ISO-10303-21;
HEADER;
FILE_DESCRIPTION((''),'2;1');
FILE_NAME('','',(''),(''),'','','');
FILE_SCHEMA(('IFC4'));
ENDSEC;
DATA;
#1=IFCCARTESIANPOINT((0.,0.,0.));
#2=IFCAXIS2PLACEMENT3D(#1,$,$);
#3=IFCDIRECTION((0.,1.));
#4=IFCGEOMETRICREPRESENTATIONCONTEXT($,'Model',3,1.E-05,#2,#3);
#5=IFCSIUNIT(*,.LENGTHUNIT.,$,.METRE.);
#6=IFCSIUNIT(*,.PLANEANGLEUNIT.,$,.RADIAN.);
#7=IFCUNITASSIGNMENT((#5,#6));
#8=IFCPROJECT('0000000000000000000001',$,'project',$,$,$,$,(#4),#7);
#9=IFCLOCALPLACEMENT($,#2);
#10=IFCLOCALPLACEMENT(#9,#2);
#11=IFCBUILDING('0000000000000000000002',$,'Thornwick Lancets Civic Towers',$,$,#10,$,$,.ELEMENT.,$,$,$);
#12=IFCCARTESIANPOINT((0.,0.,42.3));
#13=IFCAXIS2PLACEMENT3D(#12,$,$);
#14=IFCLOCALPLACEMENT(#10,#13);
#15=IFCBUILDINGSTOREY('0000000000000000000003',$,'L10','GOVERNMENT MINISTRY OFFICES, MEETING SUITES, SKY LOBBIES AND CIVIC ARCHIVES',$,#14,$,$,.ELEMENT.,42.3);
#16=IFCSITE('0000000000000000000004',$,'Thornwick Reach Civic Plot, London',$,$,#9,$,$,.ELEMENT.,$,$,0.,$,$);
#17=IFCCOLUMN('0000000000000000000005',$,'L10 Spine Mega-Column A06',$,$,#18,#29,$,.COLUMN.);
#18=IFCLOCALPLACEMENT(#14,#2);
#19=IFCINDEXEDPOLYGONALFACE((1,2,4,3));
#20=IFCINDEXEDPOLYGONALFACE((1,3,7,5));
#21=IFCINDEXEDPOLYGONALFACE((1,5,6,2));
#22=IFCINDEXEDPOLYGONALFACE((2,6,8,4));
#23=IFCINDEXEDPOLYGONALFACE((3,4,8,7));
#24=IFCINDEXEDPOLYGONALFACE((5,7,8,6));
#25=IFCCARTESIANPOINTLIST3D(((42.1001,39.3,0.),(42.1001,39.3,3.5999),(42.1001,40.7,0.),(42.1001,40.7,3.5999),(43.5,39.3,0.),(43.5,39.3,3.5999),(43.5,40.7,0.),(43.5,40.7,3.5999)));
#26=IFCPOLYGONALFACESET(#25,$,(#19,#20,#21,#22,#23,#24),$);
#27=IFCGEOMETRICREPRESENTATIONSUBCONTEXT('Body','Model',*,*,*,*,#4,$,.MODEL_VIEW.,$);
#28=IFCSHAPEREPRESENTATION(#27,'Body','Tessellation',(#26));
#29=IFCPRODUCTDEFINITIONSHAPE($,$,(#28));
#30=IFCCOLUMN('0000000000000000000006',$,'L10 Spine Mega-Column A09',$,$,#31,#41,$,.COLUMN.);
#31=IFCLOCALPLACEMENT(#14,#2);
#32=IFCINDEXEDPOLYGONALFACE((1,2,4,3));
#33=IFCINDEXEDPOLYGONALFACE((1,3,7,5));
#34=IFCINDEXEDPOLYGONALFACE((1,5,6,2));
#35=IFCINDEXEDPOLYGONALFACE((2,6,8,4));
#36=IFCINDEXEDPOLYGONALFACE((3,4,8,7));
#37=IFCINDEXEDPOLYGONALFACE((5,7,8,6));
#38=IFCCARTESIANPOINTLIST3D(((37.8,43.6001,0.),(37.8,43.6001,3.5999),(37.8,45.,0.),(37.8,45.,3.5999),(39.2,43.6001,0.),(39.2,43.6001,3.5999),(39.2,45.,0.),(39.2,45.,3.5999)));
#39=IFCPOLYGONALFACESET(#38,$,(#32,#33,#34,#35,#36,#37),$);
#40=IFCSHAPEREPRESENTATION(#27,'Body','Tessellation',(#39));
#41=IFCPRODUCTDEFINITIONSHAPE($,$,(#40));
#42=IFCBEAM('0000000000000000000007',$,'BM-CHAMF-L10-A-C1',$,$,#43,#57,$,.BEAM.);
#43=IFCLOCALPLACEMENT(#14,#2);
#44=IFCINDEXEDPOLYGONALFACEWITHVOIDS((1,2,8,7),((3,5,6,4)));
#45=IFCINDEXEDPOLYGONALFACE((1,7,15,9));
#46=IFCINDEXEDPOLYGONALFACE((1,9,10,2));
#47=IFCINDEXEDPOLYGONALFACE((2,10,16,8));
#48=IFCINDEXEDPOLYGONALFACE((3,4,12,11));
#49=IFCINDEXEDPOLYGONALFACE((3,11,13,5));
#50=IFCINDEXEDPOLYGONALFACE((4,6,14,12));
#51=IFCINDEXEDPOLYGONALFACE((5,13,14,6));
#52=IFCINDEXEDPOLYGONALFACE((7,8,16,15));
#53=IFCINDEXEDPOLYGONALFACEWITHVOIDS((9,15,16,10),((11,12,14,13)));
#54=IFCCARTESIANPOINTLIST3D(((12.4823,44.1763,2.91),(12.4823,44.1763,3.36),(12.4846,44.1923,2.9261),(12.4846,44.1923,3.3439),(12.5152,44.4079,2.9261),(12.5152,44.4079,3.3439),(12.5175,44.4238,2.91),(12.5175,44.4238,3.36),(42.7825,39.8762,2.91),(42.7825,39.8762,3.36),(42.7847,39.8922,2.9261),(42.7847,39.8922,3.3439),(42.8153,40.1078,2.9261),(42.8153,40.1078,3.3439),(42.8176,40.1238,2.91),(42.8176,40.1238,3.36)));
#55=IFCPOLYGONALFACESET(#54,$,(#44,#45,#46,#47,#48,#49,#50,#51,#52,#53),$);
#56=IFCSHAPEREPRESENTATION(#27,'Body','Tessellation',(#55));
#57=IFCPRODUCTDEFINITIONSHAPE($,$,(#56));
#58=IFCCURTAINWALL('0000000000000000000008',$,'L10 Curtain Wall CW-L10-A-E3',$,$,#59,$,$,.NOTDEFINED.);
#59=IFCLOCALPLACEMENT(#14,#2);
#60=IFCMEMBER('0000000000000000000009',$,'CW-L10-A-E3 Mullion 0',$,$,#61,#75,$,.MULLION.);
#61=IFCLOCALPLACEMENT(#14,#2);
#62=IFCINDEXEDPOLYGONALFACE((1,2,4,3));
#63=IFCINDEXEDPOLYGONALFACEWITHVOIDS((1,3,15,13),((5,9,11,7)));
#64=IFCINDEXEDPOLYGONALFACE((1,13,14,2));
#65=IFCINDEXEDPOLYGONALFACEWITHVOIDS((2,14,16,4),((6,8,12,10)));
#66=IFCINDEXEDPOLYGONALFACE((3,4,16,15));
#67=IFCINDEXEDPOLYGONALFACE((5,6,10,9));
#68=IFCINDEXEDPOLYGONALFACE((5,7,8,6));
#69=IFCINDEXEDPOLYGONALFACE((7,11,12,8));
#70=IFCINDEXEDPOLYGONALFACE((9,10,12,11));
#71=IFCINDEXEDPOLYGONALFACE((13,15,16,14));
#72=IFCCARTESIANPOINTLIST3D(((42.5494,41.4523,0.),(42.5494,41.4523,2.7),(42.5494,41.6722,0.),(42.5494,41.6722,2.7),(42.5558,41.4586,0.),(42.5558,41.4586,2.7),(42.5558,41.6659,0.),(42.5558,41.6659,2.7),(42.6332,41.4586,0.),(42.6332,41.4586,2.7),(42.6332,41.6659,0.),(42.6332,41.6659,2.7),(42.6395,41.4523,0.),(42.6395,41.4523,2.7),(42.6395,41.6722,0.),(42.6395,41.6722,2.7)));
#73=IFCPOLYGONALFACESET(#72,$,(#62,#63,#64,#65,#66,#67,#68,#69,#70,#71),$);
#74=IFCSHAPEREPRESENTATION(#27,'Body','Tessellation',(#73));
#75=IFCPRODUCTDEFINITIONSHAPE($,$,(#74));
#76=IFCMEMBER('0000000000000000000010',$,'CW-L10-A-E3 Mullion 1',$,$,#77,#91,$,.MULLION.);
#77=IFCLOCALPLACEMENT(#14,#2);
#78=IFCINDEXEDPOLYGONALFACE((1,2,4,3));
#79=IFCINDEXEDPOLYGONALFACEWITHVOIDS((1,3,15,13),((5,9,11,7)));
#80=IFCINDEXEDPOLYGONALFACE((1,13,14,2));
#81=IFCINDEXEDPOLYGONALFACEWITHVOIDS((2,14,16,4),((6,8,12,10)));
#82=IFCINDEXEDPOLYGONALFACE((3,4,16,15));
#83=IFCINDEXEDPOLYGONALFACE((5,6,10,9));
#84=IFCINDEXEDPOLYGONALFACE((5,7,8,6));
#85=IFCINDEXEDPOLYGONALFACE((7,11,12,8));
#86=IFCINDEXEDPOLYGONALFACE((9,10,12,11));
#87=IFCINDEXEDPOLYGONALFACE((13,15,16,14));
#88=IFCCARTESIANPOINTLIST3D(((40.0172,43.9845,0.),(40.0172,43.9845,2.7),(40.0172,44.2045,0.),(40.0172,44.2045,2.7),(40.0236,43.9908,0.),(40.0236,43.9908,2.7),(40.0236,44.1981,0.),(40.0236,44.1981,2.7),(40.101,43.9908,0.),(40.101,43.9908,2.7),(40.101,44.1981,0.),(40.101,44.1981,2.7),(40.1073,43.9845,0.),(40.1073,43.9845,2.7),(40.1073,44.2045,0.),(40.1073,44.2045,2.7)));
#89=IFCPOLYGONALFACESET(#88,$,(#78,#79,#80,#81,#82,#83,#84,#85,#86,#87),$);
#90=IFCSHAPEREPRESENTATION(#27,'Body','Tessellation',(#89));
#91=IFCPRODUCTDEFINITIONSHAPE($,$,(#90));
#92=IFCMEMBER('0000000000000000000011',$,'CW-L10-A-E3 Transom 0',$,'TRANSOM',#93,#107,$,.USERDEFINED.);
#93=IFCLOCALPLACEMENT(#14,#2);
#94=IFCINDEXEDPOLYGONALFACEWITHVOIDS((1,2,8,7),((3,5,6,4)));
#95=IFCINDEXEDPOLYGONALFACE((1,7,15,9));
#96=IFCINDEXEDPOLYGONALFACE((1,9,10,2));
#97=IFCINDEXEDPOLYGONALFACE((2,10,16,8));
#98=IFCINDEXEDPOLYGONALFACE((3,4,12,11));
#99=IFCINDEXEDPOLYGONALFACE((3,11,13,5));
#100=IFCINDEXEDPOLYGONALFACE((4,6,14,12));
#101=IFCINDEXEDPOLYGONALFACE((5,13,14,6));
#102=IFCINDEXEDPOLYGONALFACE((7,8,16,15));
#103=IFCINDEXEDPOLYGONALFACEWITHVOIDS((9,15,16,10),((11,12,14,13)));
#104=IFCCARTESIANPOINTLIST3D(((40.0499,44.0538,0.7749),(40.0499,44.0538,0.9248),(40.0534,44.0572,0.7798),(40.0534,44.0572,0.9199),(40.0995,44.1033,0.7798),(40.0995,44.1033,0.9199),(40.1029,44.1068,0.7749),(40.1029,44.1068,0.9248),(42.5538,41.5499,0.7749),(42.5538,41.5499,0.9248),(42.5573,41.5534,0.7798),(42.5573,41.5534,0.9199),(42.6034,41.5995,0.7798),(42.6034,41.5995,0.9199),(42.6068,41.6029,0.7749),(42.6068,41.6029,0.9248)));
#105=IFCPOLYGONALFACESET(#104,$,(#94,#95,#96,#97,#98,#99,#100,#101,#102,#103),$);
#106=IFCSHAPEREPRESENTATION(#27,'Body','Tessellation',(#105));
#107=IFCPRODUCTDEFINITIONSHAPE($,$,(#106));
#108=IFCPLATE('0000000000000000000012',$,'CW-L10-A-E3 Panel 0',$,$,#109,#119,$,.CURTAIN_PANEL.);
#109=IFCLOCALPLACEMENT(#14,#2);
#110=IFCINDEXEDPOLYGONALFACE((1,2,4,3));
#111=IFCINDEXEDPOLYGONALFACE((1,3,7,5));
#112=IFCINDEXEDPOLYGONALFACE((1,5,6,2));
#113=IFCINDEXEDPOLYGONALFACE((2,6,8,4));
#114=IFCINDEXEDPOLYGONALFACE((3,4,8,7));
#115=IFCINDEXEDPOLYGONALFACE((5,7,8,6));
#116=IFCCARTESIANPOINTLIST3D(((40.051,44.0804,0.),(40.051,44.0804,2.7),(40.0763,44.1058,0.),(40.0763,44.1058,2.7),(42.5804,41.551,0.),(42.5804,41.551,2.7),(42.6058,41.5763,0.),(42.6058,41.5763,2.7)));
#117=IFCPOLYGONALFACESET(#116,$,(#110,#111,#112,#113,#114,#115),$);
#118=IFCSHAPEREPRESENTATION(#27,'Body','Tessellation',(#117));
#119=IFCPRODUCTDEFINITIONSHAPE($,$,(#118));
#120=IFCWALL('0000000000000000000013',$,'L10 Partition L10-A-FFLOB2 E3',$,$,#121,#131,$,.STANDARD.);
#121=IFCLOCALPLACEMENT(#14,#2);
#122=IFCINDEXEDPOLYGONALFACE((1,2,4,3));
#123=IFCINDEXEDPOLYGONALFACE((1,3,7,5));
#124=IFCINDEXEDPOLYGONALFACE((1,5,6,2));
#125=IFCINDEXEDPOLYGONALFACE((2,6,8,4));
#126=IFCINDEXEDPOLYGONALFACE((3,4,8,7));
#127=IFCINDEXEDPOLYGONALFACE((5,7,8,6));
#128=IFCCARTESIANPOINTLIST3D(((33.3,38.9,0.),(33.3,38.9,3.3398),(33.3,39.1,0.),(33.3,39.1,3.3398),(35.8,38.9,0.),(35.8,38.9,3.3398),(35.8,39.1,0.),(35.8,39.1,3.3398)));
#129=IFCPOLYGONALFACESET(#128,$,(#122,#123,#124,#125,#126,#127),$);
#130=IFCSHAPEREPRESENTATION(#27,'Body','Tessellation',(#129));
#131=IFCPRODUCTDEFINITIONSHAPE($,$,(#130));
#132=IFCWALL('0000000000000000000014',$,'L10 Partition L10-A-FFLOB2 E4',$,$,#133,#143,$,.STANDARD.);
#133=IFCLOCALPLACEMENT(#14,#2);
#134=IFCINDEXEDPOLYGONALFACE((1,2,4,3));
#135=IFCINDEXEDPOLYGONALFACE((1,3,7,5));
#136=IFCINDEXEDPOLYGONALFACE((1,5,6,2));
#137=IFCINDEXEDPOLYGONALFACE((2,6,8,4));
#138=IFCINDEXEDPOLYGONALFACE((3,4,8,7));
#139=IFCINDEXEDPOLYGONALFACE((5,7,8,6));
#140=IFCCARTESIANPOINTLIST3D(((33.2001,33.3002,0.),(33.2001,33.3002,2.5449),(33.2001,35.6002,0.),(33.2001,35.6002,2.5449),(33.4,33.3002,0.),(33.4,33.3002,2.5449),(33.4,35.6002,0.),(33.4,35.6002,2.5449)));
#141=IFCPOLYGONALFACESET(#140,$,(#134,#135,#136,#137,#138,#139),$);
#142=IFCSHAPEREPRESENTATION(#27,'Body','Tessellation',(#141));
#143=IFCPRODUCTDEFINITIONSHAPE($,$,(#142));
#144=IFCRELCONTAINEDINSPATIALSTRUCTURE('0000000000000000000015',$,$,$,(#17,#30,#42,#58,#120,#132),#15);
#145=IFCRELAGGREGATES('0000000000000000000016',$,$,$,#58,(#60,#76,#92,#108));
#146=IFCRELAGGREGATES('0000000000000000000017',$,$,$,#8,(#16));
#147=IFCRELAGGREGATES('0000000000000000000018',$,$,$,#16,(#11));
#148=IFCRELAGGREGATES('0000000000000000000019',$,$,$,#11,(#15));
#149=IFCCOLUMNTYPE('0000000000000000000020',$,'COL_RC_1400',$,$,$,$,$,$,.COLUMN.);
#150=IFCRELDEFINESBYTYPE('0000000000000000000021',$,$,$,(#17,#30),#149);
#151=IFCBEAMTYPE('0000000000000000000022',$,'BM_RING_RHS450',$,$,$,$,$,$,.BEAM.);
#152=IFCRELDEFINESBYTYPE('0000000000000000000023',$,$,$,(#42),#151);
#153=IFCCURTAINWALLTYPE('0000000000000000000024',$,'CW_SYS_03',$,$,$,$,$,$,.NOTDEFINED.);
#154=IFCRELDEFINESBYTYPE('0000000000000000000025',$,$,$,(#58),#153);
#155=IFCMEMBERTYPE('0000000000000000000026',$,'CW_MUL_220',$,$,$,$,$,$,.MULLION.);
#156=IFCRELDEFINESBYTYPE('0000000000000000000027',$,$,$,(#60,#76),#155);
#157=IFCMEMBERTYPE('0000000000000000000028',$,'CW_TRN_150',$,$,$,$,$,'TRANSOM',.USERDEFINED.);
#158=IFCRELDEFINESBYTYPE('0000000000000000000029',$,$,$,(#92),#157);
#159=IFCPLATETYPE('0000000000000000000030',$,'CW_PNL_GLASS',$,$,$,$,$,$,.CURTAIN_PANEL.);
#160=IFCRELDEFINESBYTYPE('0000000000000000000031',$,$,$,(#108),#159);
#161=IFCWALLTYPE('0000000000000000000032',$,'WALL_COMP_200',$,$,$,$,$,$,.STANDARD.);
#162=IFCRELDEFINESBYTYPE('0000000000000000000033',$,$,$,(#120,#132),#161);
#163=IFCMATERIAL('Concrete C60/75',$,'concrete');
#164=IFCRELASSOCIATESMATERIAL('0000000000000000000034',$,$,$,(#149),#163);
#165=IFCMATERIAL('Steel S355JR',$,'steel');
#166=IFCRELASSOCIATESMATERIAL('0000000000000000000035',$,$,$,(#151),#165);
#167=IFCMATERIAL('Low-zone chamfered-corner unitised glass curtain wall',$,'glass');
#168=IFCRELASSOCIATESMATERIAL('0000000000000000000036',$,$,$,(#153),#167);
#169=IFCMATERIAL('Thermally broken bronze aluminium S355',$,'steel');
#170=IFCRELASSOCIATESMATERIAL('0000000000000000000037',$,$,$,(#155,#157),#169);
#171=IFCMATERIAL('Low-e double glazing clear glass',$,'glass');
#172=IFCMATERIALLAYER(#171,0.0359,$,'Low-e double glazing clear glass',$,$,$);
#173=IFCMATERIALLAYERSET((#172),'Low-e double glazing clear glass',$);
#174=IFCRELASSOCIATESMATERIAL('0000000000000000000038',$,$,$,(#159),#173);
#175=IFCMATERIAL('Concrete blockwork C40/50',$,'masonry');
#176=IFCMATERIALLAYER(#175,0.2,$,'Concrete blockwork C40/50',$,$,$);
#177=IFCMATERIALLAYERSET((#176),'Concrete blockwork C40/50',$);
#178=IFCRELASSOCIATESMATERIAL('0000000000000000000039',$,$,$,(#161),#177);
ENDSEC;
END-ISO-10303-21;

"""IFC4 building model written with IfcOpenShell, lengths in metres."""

from ifc_helpers import new_model, si_unit, direction, frame, frame_2d, origin, origin_2d, place, context, subcontext, project, spatial, rectangle, hollow_rectangle, extrude, material, layer, layer_set, material_profile, profile_set, type_object, element, aggregate, save


model = new_model("IFC4")

# Units and contexts
model_context = context("Model", 3, precision=1e-05, world=origin(), true_north=direction((0.0, 1.0)))
body_context = subcontext(model_context, "Body", "Model", "MODEL_VIEW")
ifc_project = project(units=[si_unit("LENGTHUNIT", "METRE"), si_unit("PLANEANGLEUNIT", "RADIAN")], contexts=[model_context])

# Site, building, storey
site_placement = place(None, origin())
site = spatial("IfcSite", under=ifc_project, at=site_placement, Name="Thornwick Reach Civic Plot, London", CompositionType="ELEMENT", RefElevation=0.0)
building_placement = place(site_placement, origin())
building = spatial("IfcBuilding", under=site, at=building_placement, Name="Thornwick Lancets Civic Towers", CompositionType="ELEMENT")
storey_placement = place(building_placement, frame((0.0, 0.0, 42.3)))
storey = spatial("IfcBuildingStorey", under=building, at=storey_placement, Name="L10", Description="GOVERNMENT MINISTRY OFFICES, MEETING SUITES, SKY LOBBIES AND CIVIC ARCHIVES", CompositionType="ELEMENT", Elevation=42.3)

# Columns
ifc_material_1 = material(Name="Concrete C60/75", Category="concrete")
ifc_material_profile_1 = material_profile(ifc_material_1, rectangle(XDim=1.3999, YDim=1.3999, at=origin_2d()), Name="RC 1400x1400")
ifc_profile_set_1 = profile_set([ifc_material_profile_1], Name="Concrete C60/75")
column_type = type_object("IfcColumnType", Name="COL_RC_1400", PredefinedType="COLUMN", material=ifc_profile_set_1)
for number, where, z_axis, x_axis, name in (
    (1, (42.8, 40.0, 0.0), (0.0, 0.0, 1.0), (1.0, 0.0, 0.0), "L10 Spine Mega-Column A06"),
    (2, (38.5, 44.3, 0.0), (0.0, 0.0, 1.0), (1.0, 0.0, 0.0), "L10 Spine Mega-Column A09"),
):
    element("IfcColumn", number, at=place(storey_placement, frame(where, z_axis=z_axis, x_axis=x_axis)), inside=storey, type_object=column_type, Name=name, PredefinedType="COLUMN", context=body_context, shape_type="SweptSolid", body=[
        extrude(rectangle(XDim=1.3999, YDim=1.3999, at=origin_2d()), origin(), (0.0, 0.0, 1.0), 3.5999),
    ])

# Beam
ifc_material_2 = material(Name="Steel S355JR", Category="steel")
ifc_material_profile_2 = material_profile(ifc_material_2, hollow_rectangle(XDim=0.25, YDim=0.45, WallThickness=0.0161, at=origin_2d()), Name="RHS 450x250x16")
ifc_profile_set_2 = profile_set([ifc_material_profile_2], Name="Steel S355JR")
beam_type = type_object("IfcBeamType", Name="BM_RING_RHS450", PredefinedType="BEAM", material=ifc_profile_set_2)
beam_placement = place(storey_placement, frame((42.8, 40.0, 3.135), z_axis=(-0.99008, 0.140508, 0.0), x_axis=(-0.140508, -0.99008, 0.0)))
element("IfcBeam", 3, at=beam_placement, inside=storey, type_object=beam_type, Name="BM-CHAMF-L10-A-C1", PredefinedType="BEAM", context=body_context, shape_type="SweptSolid", body=[
    extrude(hollow_rectangle(XDim=0.25, YDim=0.45, WallThickness=0.0161, at=origin_2d()), origin(), (0.0, 0.0, 1.0), 30.6038),
])

# Curtain wall, members, plate
ifc_material_3 = material(Name="Low-zone chamfered-corner unitised glass curtain wall", Category="glass")
curtain_wall_type = type_object("IfcCurtainWallType", Name="CW_SYS_03", PredefinedType="NOTDEFINED", material=ifc_material_3)
curtain_wall_placement = place(storey_placement, origin())
curtain_wall = element("IfcCurtainWall", 4, at=curtain_wall_placement, inside=storey, type_object=curtain_wall_type, Name="L10 Curtain Wall CW-L10-A-E3", PredefinedType="NOTDEFINED")
ifc_material_4 = material(Name="Thermally broken bronze aluminium S355", Category="steel")
ifc_material_profile_3 = material_profile(ifc_material_4, hollow_rectangle(XDim=0.0901, YDim=0.22, WallThickness=0.0063, at=origin_2d()), Name="RHS 220x90x6.3")
ifc_profile_set_3 = profile_set([ifc_material_profile_3], Name="Thermally broken bronze aluminium S355")
member_type_1 = type_object("IfcMemberType", Name="CW_MUL_220", PredefinedType="MULLION", material=ifc_profile_set_3)
member_1_placement = place(storey_placement, frame((42.5945, 41.5623, 0.0), z_axis=(0.0, 0.0, 1.0), x_axis=(1.0, 0.0, 0.0)))
member_1 = element("IfcMember", 5, at=member_1_placement, type_object=member_type_1, Name="CW-L10-A-E3 Mullion 0", PredefinedType="MULLION", context=body_context, shape_type="SweptSolid", body=[
    extrude(hollow_rectangle(XDim=0.0901, YDim=0.22, WallThickness=0.0063, at=origin_2d()), origin(), (0.0, 0.0, 1.0), 2.7),
])
member_2_placement = place(storey_placement, frame((40.0623, 44.0945, 0.0), z_axis=(0.0, 0.0, 1.0), x_axis=(1.0, 0.0, 0.0)))
member_2 = element("IfcMember", 6, at=member_2_placement, type_object=member_type_1, Name="CW-L10-A-E3 Mullion 1", PredefinedType="MULLION", context=body_context, shape_type="SweptSolid", body=[
    extrude(hollow_rectangle(XDim=0.0901, YDim=0.22, WallThickness=0.0063, at=origin_2d()), origin(), (0.0, 0.0, 1.0), 2.7),
])
ifc_material_profile_4 = material_profile(ifc_material_4, hollow_rectangle(XDim=0.075, YDim=0.1499, WallThickness=0.0049, at=origin_2d()), Name="RHS 150x75x5")
ifc_profile_set_4 = profile_set([ifc_material_profile_4], Name="Thermally broken bronze aluminium S355")
member_type_2 = type_object("IfcMemberType", Name="CW_TRN_150", ElementType="TRANSOM", PredefinedType="USERDEFINED", material=ifc_profile_set_4)
member_3_placement = place(storey_placement, frame((42.5803, 41.5764, 0.8499), z_axis=(-0.707107, 0.707107, 0.0), x_axis=(-0.707107, -0.707107, 0.0)))
member_3 = element("IfcMember", 7, at=member_3_placement, type_object=member_type_2, Name="CW-L10-A-E3 Transom 0", ObjectType="TRANSOM", PredefinedType="USERDEFINED", context=body_context, shape_type="SweptSolid", body=[
    extrude(hollow_rectangle(XDim=0.075, YDim=0.1499, WallThickness=0.0049, at=origin_2d()), origin(), (0.0, 0.0, 1.0), 3.541),
])
ifc_material_5 = material(Name="Low-e double glazing clear glass", Category="glass")
ifc_layer_1 = layer(ifc_material_5, 0.0359, Name="Low-e double glazing clear glass")
ifc_layer_set_1 = layer_set([ifc_layer_1], Name="Low-e double glazing clear glass")
plate_type = type_object("IfcPlateType", Name="CW_PNL_GLASS", PredefinedType="CURTAIN_PANEL", material=ifc_layer_set_1)
plate_placement = place(storey_placement, frame((41.3284, 42.8284, 0.0), z_axis=(0.0, 0.0, 1.0), x_axis=(-0.707107, 0.707107, 0.0)))
plate = element("IfcPlate", 8, at=plate_placement, type_object=plate_type, Name="CW-L10-A-E3 Panel 0", PredefinedType="CURTAIN_PANEL", context=body_context, shape_type="SweptSolid", body=[
    extrude(rectangle(XDim=3.5771, YDim=0.0359, at=origin_2d()), origin(), (0.0, 0.0, 1.0), 2.7),
])
aggregate(curtain_wall, [member_1, member_2, member_3, plate])

# Walls
ifc_material_6 = material(Name="Concrete blockwork C40/50", Category="masonry")
ifc_layer_2 = layer(ifc_material_6, 0.2, Name="Concrete blockwork C40/50")
ifc_layer_set_2 = layer_set([ifc_layer_2], Name="Concrete blockwork C40/50")
wall_type_1 = type_object("IfcWallType", Name="WALL_COMP_200", PredefinedType="STANDARD", material=ifc_layer_set_2)
wall_1_placement = place(storey_placement, frame((35.8, 39.0, 0.0), z_axis=(0.0, 0.0, 1.0), x_axis=(-1.0, 0.0, 0.0)))
element("IfcWall", 9, at=wall_1_placement, inside=storey, type_object=wall_type_1, Name="L10 Partition L10-A-FFLOB2 E3", PredefinedType="STANDARD", context=body_context, shape_type="SweptSolid", body=[
    extrude(rectangle(XDim=2.5, YDim=0.2, at=frame_2d((1.25, 0.0))), origin(), (0.0, 0.0, 1.0), 3.3398),
])
wall_2_placement = place(storey_placement, frame((33.3, 35.6001, 0.0), z_axis=(0.0, 0.0, 1.0), x_axis=(0.0, -1.0, 0.0)))
element("IfcWall", 10, at=wall_2_placement, inside=storey, type_object=wall_type_1, Name="L10 Partition L10-A-FFLOB2 E4", PredefinedType="STANDARD", context=body_context, shape_type="SweptSolid", body=[
    extrude(rectangle(XDim=2.3, YDim=0.2, at=frame_2d((1.1499, 0.0))), origin(), (0.0, 0.0, 1.0), 2.5449),
])

save(model, "model.ifc")
